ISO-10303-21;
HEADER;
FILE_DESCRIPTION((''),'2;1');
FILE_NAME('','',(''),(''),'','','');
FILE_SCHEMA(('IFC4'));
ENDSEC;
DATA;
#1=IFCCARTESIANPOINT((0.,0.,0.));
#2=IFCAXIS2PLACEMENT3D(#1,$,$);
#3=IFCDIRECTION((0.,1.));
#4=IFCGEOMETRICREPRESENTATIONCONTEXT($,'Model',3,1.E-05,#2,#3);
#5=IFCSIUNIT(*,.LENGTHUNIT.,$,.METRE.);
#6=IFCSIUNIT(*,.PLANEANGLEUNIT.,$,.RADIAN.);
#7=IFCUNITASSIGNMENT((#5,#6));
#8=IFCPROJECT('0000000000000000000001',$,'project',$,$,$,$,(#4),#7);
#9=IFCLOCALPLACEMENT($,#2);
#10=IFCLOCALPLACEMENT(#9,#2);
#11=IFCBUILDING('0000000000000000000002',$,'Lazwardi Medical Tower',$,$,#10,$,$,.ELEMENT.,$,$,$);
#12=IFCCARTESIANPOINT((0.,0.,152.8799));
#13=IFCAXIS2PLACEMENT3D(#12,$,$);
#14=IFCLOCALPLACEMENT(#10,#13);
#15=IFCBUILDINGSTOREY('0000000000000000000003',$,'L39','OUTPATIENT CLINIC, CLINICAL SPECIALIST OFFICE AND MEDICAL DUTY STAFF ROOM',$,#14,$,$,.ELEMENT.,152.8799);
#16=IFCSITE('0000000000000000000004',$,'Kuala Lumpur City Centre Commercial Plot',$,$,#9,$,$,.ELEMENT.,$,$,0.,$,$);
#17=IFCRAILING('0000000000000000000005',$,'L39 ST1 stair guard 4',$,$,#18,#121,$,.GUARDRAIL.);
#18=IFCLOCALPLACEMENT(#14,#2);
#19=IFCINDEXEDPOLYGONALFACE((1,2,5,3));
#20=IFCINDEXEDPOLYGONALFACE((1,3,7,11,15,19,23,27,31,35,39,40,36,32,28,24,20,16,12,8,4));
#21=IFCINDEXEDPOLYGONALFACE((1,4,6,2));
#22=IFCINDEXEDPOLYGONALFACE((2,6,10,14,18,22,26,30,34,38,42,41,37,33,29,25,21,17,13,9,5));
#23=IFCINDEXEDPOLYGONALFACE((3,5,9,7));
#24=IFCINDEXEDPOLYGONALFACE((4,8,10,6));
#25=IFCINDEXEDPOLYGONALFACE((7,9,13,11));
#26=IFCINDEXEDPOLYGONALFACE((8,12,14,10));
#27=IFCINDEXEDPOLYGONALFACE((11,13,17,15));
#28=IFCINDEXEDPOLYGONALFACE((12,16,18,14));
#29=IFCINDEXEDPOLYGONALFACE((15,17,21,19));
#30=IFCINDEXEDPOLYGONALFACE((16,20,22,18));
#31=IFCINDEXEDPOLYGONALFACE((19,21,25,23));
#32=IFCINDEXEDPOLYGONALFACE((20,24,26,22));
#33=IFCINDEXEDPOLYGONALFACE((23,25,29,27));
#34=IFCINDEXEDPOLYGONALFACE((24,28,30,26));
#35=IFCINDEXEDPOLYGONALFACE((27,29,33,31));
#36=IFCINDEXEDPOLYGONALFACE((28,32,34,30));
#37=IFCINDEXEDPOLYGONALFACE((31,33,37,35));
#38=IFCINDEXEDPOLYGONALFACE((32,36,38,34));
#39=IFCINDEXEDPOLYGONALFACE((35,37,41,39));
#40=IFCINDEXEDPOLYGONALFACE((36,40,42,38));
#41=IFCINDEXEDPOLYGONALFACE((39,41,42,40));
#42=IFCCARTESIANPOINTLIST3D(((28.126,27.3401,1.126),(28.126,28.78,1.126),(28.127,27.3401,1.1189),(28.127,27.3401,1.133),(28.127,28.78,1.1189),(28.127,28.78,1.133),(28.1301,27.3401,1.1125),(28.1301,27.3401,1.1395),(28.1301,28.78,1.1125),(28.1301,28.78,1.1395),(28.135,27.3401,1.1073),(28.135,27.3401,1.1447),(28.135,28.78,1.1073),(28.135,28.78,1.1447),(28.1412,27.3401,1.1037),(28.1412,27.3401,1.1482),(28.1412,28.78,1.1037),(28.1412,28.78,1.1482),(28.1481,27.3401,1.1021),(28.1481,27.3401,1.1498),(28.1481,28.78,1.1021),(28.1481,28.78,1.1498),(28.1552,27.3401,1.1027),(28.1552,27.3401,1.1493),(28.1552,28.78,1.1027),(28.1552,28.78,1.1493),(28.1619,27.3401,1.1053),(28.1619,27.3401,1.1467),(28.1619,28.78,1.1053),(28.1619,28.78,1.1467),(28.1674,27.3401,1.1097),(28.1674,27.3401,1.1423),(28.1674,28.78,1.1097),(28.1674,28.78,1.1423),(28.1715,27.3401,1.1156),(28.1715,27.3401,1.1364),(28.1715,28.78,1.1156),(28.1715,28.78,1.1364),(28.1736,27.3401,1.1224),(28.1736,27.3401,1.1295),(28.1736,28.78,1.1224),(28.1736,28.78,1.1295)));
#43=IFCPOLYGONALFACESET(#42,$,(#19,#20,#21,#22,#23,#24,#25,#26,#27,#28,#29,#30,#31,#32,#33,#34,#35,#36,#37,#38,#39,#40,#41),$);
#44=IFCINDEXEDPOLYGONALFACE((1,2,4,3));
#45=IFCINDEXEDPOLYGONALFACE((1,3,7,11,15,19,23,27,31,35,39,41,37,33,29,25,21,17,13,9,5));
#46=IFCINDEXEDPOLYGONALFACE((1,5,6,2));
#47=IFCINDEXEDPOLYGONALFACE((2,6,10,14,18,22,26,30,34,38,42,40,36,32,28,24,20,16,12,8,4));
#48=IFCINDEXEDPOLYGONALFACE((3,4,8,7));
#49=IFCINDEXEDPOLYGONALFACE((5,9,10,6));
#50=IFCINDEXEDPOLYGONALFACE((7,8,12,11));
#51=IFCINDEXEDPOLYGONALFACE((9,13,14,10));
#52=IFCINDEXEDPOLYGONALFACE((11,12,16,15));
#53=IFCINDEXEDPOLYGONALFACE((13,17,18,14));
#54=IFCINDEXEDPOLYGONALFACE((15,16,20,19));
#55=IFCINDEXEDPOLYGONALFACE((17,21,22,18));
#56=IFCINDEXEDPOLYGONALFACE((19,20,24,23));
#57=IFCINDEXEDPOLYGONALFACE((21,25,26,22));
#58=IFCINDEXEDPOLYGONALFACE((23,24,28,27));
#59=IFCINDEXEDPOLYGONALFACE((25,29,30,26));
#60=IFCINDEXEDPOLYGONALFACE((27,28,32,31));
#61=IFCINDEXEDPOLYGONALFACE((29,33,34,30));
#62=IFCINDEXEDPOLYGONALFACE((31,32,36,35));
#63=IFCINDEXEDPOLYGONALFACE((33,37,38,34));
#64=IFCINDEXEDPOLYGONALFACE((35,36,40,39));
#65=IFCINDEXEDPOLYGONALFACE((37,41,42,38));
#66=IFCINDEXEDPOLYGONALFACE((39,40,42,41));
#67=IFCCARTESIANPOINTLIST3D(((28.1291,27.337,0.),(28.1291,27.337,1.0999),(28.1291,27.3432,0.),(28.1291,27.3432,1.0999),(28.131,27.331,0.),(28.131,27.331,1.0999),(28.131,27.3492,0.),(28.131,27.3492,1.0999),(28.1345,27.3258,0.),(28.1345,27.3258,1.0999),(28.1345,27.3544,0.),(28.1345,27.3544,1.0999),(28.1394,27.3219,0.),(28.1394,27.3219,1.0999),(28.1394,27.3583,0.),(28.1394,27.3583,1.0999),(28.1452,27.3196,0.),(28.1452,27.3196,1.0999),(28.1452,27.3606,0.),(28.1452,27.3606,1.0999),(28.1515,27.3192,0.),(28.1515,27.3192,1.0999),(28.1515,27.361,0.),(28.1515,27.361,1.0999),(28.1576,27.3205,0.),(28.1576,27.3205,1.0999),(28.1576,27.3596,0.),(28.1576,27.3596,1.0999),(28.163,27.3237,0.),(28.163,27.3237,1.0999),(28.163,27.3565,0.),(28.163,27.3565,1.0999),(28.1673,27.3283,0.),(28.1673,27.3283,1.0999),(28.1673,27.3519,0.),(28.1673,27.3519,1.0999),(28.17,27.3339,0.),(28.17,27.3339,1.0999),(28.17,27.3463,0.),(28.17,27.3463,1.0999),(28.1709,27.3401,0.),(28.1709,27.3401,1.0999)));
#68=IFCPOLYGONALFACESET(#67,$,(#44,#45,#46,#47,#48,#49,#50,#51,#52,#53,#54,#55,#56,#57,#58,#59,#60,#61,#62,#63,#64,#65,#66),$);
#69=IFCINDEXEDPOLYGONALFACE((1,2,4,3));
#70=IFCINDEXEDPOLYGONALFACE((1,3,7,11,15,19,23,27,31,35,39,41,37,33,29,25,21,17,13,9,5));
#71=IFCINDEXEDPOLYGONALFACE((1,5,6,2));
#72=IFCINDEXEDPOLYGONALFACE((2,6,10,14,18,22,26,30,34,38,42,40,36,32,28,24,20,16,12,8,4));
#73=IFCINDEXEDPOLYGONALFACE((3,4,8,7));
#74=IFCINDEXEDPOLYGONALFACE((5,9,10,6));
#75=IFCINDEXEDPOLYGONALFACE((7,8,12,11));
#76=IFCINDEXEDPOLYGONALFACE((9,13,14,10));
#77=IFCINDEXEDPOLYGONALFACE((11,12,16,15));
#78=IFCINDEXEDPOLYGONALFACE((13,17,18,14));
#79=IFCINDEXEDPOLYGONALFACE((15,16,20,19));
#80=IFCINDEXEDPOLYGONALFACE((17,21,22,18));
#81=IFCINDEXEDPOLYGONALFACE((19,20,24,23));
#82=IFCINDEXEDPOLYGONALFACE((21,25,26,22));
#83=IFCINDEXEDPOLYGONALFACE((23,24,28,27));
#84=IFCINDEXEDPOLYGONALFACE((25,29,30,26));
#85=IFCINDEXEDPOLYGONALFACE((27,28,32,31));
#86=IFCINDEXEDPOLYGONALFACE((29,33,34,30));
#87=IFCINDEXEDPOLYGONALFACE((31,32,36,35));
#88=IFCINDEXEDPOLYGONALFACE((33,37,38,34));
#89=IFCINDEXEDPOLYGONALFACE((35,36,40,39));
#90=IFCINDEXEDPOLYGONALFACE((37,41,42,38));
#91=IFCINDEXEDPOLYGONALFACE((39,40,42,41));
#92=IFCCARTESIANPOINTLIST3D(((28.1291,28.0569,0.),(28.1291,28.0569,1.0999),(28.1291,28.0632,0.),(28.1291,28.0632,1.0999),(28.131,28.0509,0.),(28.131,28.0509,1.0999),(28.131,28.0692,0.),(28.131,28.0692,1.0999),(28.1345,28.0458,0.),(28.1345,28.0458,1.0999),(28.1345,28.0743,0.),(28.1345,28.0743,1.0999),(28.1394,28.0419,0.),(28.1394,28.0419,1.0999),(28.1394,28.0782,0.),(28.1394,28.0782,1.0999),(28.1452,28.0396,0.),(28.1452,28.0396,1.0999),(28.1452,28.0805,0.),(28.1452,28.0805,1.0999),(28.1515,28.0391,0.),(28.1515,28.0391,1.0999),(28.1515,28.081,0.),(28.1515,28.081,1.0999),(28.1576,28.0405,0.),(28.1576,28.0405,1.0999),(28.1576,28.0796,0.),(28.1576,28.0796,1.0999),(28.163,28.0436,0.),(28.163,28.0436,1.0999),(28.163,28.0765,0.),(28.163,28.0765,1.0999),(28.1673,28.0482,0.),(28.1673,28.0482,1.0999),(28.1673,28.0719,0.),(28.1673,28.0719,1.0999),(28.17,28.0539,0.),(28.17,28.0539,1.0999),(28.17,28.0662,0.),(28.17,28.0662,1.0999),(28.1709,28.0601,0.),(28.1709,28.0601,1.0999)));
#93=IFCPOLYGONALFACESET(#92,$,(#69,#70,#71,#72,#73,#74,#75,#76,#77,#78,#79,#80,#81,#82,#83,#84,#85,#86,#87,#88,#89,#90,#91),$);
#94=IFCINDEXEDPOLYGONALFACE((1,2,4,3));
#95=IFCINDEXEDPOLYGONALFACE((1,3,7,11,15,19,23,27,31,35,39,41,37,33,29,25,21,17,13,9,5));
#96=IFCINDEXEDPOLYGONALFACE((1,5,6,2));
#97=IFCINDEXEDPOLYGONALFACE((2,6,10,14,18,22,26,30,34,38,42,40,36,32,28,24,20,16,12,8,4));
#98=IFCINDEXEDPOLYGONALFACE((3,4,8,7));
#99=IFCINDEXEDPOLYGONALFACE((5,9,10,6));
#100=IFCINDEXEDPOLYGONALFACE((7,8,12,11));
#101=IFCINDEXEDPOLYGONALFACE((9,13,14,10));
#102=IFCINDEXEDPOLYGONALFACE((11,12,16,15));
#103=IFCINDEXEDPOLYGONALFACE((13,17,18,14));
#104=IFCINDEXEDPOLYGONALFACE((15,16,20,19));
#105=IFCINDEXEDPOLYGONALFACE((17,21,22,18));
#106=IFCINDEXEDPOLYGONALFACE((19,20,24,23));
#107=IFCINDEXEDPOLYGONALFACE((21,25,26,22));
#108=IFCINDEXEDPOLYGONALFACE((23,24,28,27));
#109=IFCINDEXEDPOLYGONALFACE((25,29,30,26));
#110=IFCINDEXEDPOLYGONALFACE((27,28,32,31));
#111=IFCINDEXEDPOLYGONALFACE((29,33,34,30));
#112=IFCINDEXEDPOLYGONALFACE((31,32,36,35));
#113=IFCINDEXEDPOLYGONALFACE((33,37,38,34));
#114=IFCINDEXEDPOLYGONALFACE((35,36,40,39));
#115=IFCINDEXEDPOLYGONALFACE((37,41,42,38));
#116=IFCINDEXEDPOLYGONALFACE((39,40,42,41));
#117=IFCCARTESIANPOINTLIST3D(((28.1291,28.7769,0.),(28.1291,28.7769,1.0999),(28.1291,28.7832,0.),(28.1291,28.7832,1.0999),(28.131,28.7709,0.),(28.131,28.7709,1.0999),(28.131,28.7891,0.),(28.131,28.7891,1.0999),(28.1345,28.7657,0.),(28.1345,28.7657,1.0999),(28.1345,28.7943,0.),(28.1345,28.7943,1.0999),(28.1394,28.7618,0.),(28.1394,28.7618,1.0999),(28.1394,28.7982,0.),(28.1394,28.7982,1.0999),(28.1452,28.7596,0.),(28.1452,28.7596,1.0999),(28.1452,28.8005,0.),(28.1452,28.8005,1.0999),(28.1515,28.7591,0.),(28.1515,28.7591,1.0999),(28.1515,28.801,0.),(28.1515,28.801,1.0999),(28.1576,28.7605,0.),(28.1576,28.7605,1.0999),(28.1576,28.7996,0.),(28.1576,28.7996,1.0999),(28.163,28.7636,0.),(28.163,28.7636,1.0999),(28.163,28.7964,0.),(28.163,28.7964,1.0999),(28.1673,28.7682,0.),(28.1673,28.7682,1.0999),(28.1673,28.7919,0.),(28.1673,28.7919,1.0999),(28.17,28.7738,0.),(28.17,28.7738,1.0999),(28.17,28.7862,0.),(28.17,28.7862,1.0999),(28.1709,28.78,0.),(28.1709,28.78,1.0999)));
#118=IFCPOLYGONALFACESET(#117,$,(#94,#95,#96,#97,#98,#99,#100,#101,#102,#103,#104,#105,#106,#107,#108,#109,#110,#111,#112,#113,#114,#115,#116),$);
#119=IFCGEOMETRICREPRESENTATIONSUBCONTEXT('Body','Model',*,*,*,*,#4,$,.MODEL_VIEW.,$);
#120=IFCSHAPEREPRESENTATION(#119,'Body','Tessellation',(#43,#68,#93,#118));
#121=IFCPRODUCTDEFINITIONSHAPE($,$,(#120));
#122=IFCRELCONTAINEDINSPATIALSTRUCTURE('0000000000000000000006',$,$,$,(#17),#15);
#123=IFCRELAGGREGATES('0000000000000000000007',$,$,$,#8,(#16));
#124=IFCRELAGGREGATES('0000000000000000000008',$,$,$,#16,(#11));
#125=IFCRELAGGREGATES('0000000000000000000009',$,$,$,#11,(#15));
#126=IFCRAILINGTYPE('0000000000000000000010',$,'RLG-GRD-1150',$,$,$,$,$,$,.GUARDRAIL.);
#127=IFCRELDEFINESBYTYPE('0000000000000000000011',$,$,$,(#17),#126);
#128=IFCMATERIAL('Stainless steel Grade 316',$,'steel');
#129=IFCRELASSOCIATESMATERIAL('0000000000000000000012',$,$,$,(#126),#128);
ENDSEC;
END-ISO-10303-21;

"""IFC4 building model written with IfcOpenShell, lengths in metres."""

from ifc_helpers import new_model, si_unit, direction, frame, origin, origin_2d, place, context, subcontext, project, spatial, circle, extrude, material, type_object, element, save


model = new_model("IFC4")

# Units and contexts
model_context = context("Model", 3, precision=1e-05, world=origin(), true_north=direction((0.0, 1.0)))
body_context = subcontext(model_context, "Body", "Model", "MODEL_VIEW")
ifc_project = project(units=[si_unit("LENGTHUNIT", "METRE"), si_unit("PLANEANGLEUNIT", "RADIAN")], contexts=[model_context])

# Site, building, storey
site_placement = place(None, origin())
site = spatial("IfcSite", under=ifc_project, at=site_placement, Name="Kuala Lumpur City Centre Commercial Plot", CompositionType="ELEMENT", RefElevation=0.0)
building_placement = place(site_placement, origin())
building = spatial("IfcBuilding", under=site, at=building_placement, Name="Lazwardi Medical Tower", CompositionType="ELEMENT")
storey_placement = place(building_placement, frame((0.0, 0.0, 152.8799)))
storey = spatial("IfcBuildingStorey", under=building, at=storey_placement, Name="L39", Description="OUTPATIENT CLINIC, CLINICAL SPECIALIST OFFICE AND MEDICAL DUTY STAFF ROOM", CompositionType="ELEMENT", Elevation=152.8799)

# Railing
ifc_material_1 = material(Name="Stainless steel Grade 316", Category="steel")
railing_type_1 = type_object("IfcRailingType", Name="RLG-GRD-1150", PredefinedType="GUARDRAIL", material=ifc_material_1)
railing_1_placement = place(storey_placement, frame((28.1499, 27.3401, 0.0)))
element("IfcRailing", 1, at=railing_1_placement, inside=storey, type_object=railing_type_1, Name="L39 ST1 stair guard 4", PredefinedType="GUARDRAIL", context=body_context, shape_type="SweptSolid", body=[
    extrude(circle(Radius=0.0239, at=origin_2d()), frame((0.0, 0.0, 1.126), z_axis=(0.0, 1.0, 0.0), x_axis=(-1.0, 0.0, 0.0)), (0.0, 0.0, 1.0), 1.4399),
    extrude(circle(Radius=0.021, at=origin_2d()), origin(), (0.0, 0.0, 1.0), 1.0999),
    extrude(circle(Radius=0.021, at=origin_2d()), frame((0.0, 0.72, 0.0)), (0.0, 0.0, 1.0), 1.0999),
    extrude(circle(Radius=0.021, at=origin_2d()), frame((0.0, 1.4399, 0.0)), (0.0, 0.0, 1.0), 1.0999),
])

save(model, "model.ifc")
